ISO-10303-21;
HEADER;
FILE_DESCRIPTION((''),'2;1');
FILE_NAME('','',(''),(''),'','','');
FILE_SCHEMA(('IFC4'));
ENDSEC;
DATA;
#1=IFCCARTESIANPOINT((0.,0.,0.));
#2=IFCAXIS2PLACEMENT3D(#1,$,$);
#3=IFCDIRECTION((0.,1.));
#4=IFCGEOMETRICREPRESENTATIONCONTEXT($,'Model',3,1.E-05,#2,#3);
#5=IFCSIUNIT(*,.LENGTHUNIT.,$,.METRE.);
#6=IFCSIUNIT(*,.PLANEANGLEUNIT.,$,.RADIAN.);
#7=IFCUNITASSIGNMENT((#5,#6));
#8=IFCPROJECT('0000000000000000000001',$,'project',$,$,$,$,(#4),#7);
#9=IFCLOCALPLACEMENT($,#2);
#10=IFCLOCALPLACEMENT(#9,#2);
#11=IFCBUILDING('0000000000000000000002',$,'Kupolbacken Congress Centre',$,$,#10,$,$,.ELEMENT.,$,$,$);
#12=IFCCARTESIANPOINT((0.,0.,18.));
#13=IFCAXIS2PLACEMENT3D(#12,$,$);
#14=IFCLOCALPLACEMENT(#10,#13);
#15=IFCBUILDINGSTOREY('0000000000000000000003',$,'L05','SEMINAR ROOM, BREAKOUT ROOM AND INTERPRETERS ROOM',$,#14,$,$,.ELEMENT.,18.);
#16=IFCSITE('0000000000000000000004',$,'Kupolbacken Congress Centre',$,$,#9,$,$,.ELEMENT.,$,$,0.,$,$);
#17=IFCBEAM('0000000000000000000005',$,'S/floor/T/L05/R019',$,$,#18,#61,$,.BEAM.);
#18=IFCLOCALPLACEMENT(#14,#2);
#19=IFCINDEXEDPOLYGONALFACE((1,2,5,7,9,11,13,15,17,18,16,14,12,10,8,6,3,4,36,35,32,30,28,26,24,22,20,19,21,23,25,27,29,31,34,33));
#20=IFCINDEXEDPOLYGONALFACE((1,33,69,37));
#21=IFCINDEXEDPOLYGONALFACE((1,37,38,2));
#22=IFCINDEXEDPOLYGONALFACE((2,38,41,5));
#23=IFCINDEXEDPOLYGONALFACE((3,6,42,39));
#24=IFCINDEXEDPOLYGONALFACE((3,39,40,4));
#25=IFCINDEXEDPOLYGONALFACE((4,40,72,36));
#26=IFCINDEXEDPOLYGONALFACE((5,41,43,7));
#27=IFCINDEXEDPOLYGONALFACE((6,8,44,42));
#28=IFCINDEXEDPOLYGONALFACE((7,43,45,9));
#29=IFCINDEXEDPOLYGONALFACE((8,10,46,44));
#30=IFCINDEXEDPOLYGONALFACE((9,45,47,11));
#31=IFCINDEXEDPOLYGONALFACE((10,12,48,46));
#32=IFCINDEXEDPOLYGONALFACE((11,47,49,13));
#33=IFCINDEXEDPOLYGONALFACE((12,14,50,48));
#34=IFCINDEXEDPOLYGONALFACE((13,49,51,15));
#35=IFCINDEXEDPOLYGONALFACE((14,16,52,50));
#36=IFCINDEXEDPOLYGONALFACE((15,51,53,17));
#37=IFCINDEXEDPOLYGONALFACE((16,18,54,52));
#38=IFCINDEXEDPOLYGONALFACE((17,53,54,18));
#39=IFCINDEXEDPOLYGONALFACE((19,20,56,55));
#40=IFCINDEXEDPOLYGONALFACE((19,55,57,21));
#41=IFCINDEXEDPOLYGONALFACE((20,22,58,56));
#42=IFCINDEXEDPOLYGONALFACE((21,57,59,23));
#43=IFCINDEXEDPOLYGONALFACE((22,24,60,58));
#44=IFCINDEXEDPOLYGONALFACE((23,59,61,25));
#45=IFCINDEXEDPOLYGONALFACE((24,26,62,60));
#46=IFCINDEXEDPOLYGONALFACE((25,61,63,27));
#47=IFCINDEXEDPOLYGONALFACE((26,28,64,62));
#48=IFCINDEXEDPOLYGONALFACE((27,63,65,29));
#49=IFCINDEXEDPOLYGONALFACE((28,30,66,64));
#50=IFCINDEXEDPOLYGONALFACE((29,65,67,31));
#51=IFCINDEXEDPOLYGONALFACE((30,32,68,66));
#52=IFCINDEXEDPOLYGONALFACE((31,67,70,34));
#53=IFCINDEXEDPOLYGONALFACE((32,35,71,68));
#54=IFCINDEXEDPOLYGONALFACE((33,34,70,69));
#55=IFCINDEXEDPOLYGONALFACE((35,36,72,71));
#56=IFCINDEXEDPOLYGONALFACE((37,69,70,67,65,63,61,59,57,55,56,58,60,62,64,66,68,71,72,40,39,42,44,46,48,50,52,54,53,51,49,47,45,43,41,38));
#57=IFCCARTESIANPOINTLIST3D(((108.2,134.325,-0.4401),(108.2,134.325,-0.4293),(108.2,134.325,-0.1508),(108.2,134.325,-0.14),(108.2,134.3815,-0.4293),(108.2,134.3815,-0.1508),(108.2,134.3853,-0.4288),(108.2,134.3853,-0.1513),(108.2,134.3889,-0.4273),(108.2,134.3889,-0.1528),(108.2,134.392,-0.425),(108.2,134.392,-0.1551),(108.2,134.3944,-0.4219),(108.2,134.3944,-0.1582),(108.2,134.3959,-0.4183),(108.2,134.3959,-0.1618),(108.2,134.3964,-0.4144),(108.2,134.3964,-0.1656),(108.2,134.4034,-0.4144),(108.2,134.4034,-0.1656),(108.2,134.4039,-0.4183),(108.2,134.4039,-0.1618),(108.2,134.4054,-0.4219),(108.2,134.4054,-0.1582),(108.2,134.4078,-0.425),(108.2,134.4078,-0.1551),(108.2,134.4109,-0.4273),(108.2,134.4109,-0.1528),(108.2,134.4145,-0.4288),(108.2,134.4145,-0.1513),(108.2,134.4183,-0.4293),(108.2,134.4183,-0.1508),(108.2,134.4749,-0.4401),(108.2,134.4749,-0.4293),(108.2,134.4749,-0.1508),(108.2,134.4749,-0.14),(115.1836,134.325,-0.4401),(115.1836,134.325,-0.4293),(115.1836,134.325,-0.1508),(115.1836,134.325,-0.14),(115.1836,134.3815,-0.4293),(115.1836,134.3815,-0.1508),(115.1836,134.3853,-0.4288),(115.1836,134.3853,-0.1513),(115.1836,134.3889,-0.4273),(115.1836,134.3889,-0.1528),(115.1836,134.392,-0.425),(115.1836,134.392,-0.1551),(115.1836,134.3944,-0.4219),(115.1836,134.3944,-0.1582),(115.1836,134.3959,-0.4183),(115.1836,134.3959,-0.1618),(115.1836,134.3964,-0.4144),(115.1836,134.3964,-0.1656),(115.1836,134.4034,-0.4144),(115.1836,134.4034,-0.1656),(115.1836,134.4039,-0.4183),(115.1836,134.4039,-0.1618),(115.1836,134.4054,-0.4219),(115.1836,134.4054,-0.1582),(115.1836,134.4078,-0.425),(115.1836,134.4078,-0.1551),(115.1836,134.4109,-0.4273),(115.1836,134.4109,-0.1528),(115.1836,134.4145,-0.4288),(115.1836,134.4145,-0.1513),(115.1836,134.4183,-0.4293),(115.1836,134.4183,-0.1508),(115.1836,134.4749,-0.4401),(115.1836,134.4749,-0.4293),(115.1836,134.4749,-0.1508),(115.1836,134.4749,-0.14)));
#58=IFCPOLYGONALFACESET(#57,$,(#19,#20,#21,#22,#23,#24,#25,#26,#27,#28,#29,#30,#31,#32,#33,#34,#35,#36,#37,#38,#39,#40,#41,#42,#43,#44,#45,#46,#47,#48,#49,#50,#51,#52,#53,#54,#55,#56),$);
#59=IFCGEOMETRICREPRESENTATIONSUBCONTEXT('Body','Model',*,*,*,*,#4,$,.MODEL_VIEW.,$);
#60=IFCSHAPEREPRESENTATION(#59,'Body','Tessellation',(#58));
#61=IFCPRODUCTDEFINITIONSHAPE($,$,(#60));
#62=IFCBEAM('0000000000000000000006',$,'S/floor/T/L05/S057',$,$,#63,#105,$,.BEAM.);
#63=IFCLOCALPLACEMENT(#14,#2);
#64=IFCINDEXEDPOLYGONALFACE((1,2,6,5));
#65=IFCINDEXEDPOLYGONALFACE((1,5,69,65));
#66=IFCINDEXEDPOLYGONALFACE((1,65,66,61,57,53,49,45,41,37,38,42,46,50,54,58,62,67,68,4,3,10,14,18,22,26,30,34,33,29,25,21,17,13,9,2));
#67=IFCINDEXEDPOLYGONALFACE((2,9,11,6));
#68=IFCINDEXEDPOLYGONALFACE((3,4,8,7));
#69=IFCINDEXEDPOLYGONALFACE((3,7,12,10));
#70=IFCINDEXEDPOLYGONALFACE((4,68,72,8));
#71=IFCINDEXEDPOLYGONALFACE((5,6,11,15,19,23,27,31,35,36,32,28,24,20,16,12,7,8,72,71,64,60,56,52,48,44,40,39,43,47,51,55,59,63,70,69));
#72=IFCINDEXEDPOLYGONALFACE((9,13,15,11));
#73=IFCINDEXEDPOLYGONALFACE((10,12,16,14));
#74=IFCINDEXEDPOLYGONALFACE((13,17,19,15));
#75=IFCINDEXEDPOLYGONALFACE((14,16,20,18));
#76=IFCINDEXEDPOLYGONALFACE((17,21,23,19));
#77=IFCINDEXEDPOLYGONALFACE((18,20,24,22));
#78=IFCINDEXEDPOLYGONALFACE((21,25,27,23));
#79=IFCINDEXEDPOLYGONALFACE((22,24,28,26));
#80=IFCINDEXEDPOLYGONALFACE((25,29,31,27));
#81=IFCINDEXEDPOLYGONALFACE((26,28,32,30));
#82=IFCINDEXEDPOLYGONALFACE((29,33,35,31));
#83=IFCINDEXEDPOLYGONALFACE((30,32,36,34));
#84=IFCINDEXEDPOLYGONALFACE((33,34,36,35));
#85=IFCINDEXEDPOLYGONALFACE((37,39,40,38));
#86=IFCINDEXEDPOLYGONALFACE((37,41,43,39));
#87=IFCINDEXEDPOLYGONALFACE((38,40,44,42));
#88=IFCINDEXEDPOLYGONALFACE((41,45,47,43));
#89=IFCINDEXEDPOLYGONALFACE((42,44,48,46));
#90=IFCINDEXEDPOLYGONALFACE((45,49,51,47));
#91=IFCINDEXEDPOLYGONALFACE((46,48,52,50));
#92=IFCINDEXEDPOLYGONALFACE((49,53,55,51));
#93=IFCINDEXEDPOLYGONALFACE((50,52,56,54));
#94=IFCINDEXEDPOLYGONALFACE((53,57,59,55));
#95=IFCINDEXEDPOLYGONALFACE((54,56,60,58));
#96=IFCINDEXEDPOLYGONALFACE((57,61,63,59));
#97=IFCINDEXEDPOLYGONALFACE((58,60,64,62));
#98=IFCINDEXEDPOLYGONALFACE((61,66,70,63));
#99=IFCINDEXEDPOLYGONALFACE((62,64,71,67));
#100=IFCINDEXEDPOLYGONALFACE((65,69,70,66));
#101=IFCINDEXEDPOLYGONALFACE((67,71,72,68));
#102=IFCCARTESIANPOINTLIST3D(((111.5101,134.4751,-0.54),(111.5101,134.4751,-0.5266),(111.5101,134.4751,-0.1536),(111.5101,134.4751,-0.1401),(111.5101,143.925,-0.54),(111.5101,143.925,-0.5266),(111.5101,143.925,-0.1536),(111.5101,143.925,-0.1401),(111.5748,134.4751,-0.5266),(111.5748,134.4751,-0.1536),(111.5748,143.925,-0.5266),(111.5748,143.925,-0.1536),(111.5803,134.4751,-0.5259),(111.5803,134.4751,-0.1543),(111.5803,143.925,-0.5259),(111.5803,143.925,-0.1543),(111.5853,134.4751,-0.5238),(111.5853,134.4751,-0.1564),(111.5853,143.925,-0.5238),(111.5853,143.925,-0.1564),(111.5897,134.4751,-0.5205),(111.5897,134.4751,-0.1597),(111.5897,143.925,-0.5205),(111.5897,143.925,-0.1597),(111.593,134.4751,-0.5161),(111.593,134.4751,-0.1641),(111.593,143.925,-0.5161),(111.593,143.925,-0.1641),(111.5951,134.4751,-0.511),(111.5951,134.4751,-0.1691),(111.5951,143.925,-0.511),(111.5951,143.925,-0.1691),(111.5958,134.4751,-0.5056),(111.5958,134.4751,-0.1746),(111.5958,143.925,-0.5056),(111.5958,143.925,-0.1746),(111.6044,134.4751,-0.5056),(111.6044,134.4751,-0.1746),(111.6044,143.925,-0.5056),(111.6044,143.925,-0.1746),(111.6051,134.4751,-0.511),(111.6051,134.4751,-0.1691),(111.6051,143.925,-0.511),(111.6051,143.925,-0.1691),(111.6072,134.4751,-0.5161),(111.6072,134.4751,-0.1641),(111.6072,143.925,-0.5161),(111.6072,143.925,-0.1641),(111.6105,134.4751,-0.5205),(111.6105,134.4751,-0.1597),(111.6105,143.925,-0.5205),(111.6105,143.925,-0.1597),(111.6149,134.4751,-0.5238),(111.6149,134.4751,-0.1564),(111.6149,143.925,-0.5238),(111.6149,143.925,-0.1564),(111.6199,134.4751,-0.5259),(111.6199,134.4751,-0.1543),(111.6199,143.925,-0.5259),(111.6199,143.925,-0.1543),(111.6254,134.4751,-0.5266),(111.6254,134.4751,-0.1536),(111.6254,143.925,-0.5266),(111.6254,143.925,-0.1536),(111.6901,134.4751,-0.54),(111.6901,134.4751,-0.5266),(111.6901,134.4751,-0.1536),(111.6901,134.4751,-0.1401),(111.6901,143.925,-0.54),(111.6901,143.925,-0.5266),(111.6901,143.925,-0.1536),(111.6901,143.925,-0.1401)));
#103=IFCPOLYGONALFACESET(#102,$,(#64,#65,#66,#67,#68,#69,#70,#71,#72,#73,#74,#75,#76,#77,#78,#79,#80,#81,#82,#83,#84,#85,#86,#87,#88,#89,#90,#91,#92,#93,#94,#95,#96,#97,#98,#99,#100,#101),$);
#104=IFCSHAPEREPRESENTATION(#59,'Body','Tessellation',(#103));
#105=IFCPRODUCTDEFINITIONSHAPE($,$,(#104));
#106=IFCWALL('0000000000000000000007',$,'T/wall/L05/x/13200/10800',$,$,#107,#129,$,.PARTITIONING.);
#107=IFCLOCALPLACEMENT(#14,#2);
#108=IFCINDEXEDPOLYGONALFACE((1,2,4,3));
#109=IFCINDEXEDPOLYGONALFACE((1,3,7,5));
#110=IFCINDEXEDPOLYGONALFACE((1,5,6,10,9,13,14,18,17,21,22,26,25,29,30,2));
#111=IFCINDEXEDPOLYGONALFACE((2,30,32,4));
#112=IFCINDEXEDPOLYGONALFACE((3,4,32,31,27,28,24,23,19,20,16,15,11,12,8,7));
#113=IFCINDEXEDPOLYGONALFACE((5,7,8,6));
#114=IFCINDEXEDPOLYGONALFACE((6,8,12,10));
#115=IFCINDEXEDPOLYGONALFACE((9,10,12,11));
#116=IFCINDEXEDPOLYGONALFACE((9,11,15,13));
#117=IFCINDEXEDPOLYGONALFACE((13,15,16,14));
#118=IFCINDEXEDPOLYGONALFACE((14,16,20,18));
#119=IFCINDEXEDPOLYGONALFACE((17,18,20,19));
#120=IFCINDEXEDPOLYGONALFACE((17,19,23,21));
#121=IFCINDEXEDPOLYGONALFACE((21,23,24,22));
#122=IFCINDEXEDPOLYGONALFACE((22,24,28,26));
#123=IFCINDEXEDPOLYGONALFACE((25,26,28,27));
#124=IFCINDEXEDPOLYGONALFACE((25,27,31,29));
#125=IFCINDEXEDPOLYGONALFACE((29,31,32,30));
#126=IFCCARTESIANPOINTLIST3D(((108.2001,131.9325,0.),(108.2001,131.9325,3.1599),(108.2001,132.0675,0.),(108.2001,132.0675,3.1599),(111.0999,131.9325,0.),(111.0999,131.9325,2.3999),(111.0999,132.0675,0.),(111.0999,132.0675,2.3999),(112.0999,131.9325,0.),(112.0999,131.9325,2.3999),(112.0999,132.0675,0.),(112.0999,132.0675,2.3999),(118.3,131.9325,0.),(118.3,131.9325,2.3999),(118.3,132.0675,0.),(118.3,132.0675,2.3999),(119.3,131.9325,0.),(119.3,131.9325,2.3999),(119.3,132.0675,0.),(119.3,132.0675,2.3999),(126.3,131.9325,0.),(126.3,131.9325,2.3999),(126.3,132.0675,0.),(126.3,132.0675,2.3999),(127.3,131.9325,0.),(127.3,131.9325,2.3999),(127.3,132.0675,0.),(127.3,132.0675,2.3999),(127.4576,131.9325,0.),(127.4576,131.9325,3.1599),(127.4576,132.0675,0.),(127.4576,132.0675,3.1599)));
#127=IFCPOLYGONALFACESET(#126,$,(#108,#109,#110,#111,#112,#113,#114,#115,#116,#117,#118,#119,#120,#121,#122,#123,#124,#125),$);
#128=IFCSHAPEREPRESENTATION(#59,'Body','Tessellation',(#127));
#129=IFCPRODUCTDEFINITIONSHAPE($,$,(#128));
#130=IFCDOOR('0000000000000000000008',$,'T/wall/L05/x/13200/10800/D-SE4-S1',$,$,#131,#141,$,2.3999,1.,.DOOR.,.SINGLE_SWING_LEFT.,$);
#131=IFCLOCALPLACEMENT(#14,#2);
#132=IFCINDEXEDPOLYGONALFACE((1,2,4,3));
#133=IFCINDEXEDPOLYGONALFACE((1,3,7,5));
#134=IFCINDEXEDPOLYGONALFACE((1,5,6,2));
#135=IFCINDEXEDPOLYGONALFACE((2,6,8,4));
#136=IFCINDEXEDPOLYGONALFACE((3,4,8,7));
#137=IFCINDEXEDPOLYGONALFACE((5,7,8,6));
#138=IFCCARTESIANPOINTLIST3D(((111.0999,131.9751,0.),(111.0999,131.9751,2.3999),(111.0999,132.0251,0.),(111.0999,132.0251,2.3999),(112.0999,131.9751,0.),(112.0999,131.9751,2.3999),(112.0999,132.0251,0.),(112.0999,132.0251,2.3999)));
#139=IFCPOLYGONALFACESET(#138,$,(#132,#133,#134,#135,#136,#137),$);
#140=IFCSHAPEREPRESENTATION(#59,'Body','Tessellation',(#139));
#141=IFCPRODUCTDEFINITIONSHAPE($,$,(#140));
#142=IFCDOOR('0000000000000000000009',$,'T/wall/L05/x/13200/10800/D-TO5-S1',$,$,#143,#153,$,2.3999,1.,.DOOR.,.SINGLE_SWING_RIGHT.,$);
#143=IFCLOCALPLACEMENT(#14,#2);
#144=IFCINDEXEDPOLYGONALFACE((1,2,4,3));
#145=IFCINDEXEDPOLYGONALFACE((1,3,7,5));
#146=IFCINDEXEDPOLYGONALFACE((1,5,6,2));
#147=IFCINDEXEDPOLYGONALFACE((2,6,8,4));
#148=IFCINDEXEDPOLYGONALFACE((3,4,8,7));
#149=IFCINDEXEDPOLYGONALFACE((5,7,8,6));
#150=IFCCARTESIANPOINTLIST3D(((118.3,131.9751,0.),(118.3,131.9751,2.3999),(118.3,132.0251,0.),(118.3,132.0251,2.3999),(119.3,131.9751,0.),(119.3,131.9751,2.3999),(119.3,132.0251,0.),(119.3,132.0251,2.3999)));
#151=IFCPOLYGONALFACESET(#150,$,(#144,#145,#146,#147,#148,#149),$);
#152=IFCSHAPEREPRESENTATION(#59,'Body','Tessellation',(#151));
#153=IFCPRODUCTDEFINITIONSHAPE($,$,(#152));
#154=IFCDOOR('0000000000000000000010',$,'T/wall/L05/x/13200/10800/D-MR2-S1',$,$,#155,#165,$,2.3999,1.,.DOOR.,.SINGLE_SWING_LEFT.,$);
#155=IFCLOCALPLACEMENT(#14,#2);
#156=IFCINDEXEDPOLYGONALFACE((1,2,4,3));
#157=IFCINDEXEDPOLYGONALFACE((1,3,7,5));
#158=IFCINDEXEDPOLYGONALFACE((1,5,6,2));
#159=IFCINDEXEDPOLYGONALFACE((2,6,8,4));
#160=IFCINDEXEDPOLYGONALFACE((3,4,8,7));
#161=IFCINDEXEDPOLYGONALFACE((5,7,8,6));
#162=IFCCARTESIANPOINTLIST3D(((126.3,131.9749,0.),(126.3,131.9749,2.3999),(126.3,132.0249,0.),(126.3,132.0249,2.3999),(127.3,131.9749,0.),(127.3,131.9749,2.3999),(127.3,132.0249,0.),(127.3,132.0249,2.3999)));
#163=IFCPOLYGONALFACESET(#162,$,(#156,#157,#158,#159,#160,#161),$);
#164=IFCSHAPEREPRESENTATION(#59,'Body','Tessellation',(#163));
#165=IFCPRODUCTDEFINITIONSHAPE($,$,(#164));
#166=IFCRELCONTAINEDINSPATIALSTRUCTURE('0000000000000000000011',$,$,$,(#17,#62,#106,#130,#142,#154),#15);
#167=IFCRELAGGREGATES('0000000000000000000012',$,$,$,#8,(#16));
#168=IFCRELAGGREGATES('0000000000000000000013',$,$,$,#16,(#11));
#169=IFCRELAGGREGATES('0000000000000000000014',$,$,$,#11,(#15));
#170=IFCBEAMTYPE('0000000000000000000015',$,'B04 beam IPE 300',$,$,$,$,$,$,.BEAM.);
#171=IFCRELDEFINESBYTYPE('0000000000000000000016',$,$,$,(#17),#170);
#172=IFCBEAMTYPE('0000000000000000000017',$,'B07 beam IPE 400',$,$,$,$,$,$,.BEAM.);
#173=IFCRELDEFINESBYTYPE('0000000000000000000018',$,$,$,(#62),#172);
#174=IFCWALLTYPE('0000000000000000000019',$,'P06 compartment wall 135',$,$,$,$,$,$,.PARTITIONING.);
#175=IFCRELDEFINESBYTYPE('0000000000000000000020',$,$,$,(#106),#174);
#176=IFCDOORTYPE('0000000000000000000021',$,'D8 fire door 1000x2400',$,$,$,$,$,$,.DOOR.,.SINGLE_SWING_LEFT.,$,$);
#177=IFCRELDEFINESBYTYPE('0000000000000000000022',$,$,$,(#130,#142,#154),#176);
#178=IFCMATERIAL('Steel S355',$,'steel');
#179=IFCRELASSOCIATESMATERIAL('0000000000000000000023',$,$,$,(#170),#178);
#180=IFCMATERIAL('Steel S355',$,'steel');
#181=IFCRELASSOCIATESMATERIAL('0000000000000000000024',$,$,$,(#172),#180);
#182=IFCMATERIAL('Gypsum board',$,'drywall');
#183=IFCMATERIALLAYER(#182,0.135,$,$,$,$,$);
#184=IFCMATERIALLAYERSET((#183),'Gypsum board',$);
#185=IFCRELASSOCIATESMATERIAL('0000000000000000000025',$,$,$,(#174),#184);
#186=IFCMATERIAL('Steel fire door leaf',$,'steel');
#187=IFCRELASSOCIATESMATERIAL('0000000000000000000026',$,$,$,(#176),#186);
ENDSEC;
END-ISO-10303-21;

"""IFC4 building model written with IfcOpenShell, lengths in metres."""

from ifc_helpers import new_model, si_unit, direction, frame, frame_2d, origin, origin_2d, place, context, subcontext, project, spatial, rectangle, i_section, extrude, material, layer, layer_set, material_profile, profile_set, type_object, element, fill, save


model = new_model("IFC4")

# Units and contexts
model_context = context("Model", 3, precision=1e-05, world=origin(), true_north=direction((0.0, 1.0)))
body_context = subcontext(model_context, "Body", "Model", "MODEL_VIEW")
ifc_project = project(units=[si_unit("LENGTHUNIT", "METRE"), si_unit("PLANEANGLEUNIT", "RADIAN")], contexts=[model_context])

# Site, building, storey
site_placement = place(None, origin())
site = spatial("IfcSite", under=ifc_project, at=site_placement, Name="Kupolbacken Congress Centre", CompositionType="ELEMENT", RefElevation=0.0)
building_placement = place(site_placement, origin())
building = spatial("IfcBuilding", under=site, at=building_placement, Name="Kupolbacken Congress Centre", CompositionType="ELEMENT")
storey_placement = place(building_placement, frame((0.0, 0.0, 18.0)))
storey = spatial("IfcBuildingStorey", under=building, at=storey_placement, Name="L05", Description="SEMINAR ROOM, BREAKOUT ROOM AND INTERPRETERS ROOM", CompositionType="ELEMENT", Elevation=18.0)

# Beams
ifc_material_1 = material(Name="Steel S355", Category="steel")
ifc_material_profile_1 = material_profile(ifc_material_1, i_section(OverallWidth=0.1499, OverallDepth=0.3, WebThickness=0.0071, FlangeThickness=0.0107, FilletRadius=0.0149, at=origin_2d()), Name="IPE 300")
ifc_profile_set_1 = profile_set([ifc_material_profile_1], Name="Steel S355")
beam_type_1 = type_object("IfcBeamType", Name="B04 beam IPE 300", PredefinedType="BEAM", material=ifc_profile_set_1)
beam_1_placement = place(storey_placement, frame((108.2, 134.3999, -0.29), z_axis=(1.0, 0.0, 0.0), x_axis=(0.0, 1.0, 0.0)))
element("IfcBeam", 1, at=beam_1_placement, inside=storey, type_object=beam_type_1, Name="S/floor/T/L05/R019", PredefinedType="BEAM", context=body_context, shape_type="SweptSolid", body=[
    extrude(i_section(OverallWidth=0.1499, OverallDepth=0.3, WebThickness=0.0071, FlangeThickness=0.0107, FilletRadius=0.0149, at=origin_2d()), origin(), (0.0, 0.0, 1.0), 6.9836),
])
ifc_material_2 = material(Name="Steel S355", Category="steel")
ifc_material_profile_2 = material_profile(ifc_material_2, i_section(OverallWidth=0.1799, OverallDepth=0.3999, WebThickness=0.0085, FlangeThickness=0.0134, FilletRadius=0.021, at=origin_2d()), Name="IPE 400")
ifc_profile_set_2 = profile_set([ifc_material_profile_2], Name="Steel S355")
beam_type_2 = type_object("IfcBeamType", Name="B07 beam IPE 400", PredefinedType="BEAM", material=ifc_profile_set_2)
beam_2_placement = place(storey_placement, frame((111.6001, 134.4751, -0.3401), z_axis=(0.0, 1.0, 0.0), x_axis=(-1.0, 0.0, 0.0)))
element("IfcBeam", 2, at=beam_2_placement, inside=storey, type_object=beam_type_2, Name="S/floor/T/L05/S057", PredefinedType="BEAM", context=body_context, shape_type="SweptSolid", body=[
    extrude(i_section(OverallWidth=0.1799, OverallDepth=0.3999, WebThickness=0.0085, FlangeThickness=0.0134, FilletRadius=0.021, at=origin_2d()), origin(), (0.0, 0.0, 1.0), 9.45),
])

# Wall, openings, doors
ifc_material_3 = material(Name="Gypsum board", Category="drywall")
ifc_layer_1 = layer(ifc_material_3, 0.135)
ifc_layer_set_1 = layer_set([ifc_layer_1], Name="Gypsum board")
wall_type_1 = type_object("IfcWallType", Name="P06 compartment wall 135", PredefinedType="PARTITIONING", material=ifc_layer_set_1)
wall_1_placement = place(storey_placement, frame((108.2, 132.0, 0.0), z_axis=(0.0, 0.0, 1.0), x_axis=(1.0, 0.0, 0.0)))
wall_1 = element("IfcWall", 3, at=wall_1_placement, inside=storey, type_object=wall_type_1, Name="T/wall/L05/x/13200/10800", PredefinedType="PARTITIONING", context=body_context, shape_type="SweptSolid", body=[
    extrude(rectangle(XDim=19.2576, YDim=0.135, at=frame_2d((9.6289, 0.0))), origin(), (0.0, 0.0, 1.0), 3.1599),
])
opening_1_placement = place(wall_1_placement, frame((2.8999, 0.0, 0.0)))
opening_1 = element("IfcOpeningElement", 4, at=opening_1_placement, cuts=wall_1, PredefinedType="OPENING", context=body_context, shape_type="SweptSolid", body=[
    extrude(rectangle(XDim=1.0, YDim=2.3999, at=frame_2d((0.5, 1.2))), frame((0.0, 0.0774, 0.0), z_axis=(0.0, -1.0, 0.0), x_axis=(1.0, 0.0, 0.0)), (0.0, 0.0, 1.0), 0.155),
])
opening_2_placement = place(wall_1_placement, frame((10.1001, 0.0, 0.0)))
opening_2 = element("IfcOpeningElement", 5, at=opening_2_placement, cuts=wall_1, PredefinedType="OPENING", context=body_context, shape_type="SweptSolid", body=[
    extrude(rectangle(XDim=1.0, YDim=2.3999, at=frame_2d((0.5, 1.2))), frame((0.0, 0.0774, 0.0), z_axis=(0.0, -1.0, 0.0), x_axis=(1.0, 0.0, 0.0)), (0.0, 0.0, 1.0), 0.155),
])
opening_3_placement = place(wall_1_placement, frame((18.1001, 0.0, 0.0)))
opening_3 = element("IfcOpeningElement", 6, at=opening_3_placement, cuts=wall_1, PredefinedType="OPENING", context=body_context, shape_type="SweptSolid", body=[
    extrude(rectangle(XDim=1.0, YDim=2.3999, at=frame_2d((0.5, 1.2))), frame((0.0, 0.0774, 0.0), z_axis=(0.0, -1.0, 0.0), x_axis=(1.0, 0.0, 0.0)), (0.0, 0.0, 1.0), 0.155),
])
ifc_material_4 = material(Name="Steel fire door leaf", Category="steel")
door_type_1 = type_object("IfcDoorType", Name="D8 fire door 1000x2400", OperationType="SINGLE_SWING_LEFT", PredefinedType="DOOR", material=ifc_material_4)
door_1_placement = place(opening_1_placement, frame((1.0, 0.0, 0.0), z_axis=(0.0, 0.0, 1.0), x_axis=(-1.0, 0.0, 0.0)))
door_1 = element("IfcDoor", 7, at=door_1_placement, inside=storey, type_object=door_type_1, Name="T/wall/L05/x/13200/10800/D-SE4-S1", OperationType="SINGLE_SWING_LEFT", OverallHeight=2.3999, OverallWidth=1.0, PredefinedType="DOOR", context=body_context, shape_type="SweptSolid", body=[
    extrude(rectangle(XDim=1.0, YDim=2.3999, at=frame_2d((0.5, 1.2))), frame((0.0, 0.0249, 0.0), z_axis=(0.0, -1.0, 0.0), x_axis=(1.0, 0.0, 0.0)), (0.0, 0.0, 1.0), 0.05),
])
fill(opening_1, door_1)
door_2_placement = place(opening_2_placement, frame((1.0, 0.0, 0.0), z_axis=(0.0, 0.0, 1.0), x_axis=(-1.0, 0.0, 0.0)))
door_2 = element("IfcDoor", 8, at=door_2_placement, inside=storey, type_object=door_type_1, Name="T/wall/L05/x/13200/10800/D-TO5-S1", OperationType="SINGLE_SWING_RIGHT", OverallHeight=2.3999, OverallWidth=1.0, PredefinedType="DOOR", context=body_context, shape_type="SweptSolid", body=[
    extrude(rectangle(XDim=1.0, YDim=2.3999, at=frame_2d((0.5, 1.2))), frame((0.0, 0.0249, 0.0), z_axis=(0.0, -1.0, 0.0), x_axis=(1.0, 0.0, 0.0)), (0.0, 0.0, 1.0), 0.05),
])
fill(opening_2, door_2)
door_3_placement = place(opening_3_placement, origin())
door_3 = element("IfcDoor", 9, at=door_3_placement, inside=storey, type_object=door_type_1, Name="T/wall/L05/x/13200/10800/D-MR2-S1", OperationType="SINGLE_SWING_LEFT", OverallHeight=2.3999, OverallWidth=1.0, PredefinedType="DOOR", context=body_context, shape_type="SweptSolid", body=[
    extrude(rectangle(XDim=1.0, YDim=2.3999, at=frame_2d((0.5, 1.2))), frame((0.0, 0.0249, 0.0), z_axis=(0.0, -1.0, 0.0), x_axis=(1.0, 0.0, 0.0)), (0.0, 0.0, 1.0), 0.05),
])
fill(opening_3, door_3)

save(model, "model.ifc")
